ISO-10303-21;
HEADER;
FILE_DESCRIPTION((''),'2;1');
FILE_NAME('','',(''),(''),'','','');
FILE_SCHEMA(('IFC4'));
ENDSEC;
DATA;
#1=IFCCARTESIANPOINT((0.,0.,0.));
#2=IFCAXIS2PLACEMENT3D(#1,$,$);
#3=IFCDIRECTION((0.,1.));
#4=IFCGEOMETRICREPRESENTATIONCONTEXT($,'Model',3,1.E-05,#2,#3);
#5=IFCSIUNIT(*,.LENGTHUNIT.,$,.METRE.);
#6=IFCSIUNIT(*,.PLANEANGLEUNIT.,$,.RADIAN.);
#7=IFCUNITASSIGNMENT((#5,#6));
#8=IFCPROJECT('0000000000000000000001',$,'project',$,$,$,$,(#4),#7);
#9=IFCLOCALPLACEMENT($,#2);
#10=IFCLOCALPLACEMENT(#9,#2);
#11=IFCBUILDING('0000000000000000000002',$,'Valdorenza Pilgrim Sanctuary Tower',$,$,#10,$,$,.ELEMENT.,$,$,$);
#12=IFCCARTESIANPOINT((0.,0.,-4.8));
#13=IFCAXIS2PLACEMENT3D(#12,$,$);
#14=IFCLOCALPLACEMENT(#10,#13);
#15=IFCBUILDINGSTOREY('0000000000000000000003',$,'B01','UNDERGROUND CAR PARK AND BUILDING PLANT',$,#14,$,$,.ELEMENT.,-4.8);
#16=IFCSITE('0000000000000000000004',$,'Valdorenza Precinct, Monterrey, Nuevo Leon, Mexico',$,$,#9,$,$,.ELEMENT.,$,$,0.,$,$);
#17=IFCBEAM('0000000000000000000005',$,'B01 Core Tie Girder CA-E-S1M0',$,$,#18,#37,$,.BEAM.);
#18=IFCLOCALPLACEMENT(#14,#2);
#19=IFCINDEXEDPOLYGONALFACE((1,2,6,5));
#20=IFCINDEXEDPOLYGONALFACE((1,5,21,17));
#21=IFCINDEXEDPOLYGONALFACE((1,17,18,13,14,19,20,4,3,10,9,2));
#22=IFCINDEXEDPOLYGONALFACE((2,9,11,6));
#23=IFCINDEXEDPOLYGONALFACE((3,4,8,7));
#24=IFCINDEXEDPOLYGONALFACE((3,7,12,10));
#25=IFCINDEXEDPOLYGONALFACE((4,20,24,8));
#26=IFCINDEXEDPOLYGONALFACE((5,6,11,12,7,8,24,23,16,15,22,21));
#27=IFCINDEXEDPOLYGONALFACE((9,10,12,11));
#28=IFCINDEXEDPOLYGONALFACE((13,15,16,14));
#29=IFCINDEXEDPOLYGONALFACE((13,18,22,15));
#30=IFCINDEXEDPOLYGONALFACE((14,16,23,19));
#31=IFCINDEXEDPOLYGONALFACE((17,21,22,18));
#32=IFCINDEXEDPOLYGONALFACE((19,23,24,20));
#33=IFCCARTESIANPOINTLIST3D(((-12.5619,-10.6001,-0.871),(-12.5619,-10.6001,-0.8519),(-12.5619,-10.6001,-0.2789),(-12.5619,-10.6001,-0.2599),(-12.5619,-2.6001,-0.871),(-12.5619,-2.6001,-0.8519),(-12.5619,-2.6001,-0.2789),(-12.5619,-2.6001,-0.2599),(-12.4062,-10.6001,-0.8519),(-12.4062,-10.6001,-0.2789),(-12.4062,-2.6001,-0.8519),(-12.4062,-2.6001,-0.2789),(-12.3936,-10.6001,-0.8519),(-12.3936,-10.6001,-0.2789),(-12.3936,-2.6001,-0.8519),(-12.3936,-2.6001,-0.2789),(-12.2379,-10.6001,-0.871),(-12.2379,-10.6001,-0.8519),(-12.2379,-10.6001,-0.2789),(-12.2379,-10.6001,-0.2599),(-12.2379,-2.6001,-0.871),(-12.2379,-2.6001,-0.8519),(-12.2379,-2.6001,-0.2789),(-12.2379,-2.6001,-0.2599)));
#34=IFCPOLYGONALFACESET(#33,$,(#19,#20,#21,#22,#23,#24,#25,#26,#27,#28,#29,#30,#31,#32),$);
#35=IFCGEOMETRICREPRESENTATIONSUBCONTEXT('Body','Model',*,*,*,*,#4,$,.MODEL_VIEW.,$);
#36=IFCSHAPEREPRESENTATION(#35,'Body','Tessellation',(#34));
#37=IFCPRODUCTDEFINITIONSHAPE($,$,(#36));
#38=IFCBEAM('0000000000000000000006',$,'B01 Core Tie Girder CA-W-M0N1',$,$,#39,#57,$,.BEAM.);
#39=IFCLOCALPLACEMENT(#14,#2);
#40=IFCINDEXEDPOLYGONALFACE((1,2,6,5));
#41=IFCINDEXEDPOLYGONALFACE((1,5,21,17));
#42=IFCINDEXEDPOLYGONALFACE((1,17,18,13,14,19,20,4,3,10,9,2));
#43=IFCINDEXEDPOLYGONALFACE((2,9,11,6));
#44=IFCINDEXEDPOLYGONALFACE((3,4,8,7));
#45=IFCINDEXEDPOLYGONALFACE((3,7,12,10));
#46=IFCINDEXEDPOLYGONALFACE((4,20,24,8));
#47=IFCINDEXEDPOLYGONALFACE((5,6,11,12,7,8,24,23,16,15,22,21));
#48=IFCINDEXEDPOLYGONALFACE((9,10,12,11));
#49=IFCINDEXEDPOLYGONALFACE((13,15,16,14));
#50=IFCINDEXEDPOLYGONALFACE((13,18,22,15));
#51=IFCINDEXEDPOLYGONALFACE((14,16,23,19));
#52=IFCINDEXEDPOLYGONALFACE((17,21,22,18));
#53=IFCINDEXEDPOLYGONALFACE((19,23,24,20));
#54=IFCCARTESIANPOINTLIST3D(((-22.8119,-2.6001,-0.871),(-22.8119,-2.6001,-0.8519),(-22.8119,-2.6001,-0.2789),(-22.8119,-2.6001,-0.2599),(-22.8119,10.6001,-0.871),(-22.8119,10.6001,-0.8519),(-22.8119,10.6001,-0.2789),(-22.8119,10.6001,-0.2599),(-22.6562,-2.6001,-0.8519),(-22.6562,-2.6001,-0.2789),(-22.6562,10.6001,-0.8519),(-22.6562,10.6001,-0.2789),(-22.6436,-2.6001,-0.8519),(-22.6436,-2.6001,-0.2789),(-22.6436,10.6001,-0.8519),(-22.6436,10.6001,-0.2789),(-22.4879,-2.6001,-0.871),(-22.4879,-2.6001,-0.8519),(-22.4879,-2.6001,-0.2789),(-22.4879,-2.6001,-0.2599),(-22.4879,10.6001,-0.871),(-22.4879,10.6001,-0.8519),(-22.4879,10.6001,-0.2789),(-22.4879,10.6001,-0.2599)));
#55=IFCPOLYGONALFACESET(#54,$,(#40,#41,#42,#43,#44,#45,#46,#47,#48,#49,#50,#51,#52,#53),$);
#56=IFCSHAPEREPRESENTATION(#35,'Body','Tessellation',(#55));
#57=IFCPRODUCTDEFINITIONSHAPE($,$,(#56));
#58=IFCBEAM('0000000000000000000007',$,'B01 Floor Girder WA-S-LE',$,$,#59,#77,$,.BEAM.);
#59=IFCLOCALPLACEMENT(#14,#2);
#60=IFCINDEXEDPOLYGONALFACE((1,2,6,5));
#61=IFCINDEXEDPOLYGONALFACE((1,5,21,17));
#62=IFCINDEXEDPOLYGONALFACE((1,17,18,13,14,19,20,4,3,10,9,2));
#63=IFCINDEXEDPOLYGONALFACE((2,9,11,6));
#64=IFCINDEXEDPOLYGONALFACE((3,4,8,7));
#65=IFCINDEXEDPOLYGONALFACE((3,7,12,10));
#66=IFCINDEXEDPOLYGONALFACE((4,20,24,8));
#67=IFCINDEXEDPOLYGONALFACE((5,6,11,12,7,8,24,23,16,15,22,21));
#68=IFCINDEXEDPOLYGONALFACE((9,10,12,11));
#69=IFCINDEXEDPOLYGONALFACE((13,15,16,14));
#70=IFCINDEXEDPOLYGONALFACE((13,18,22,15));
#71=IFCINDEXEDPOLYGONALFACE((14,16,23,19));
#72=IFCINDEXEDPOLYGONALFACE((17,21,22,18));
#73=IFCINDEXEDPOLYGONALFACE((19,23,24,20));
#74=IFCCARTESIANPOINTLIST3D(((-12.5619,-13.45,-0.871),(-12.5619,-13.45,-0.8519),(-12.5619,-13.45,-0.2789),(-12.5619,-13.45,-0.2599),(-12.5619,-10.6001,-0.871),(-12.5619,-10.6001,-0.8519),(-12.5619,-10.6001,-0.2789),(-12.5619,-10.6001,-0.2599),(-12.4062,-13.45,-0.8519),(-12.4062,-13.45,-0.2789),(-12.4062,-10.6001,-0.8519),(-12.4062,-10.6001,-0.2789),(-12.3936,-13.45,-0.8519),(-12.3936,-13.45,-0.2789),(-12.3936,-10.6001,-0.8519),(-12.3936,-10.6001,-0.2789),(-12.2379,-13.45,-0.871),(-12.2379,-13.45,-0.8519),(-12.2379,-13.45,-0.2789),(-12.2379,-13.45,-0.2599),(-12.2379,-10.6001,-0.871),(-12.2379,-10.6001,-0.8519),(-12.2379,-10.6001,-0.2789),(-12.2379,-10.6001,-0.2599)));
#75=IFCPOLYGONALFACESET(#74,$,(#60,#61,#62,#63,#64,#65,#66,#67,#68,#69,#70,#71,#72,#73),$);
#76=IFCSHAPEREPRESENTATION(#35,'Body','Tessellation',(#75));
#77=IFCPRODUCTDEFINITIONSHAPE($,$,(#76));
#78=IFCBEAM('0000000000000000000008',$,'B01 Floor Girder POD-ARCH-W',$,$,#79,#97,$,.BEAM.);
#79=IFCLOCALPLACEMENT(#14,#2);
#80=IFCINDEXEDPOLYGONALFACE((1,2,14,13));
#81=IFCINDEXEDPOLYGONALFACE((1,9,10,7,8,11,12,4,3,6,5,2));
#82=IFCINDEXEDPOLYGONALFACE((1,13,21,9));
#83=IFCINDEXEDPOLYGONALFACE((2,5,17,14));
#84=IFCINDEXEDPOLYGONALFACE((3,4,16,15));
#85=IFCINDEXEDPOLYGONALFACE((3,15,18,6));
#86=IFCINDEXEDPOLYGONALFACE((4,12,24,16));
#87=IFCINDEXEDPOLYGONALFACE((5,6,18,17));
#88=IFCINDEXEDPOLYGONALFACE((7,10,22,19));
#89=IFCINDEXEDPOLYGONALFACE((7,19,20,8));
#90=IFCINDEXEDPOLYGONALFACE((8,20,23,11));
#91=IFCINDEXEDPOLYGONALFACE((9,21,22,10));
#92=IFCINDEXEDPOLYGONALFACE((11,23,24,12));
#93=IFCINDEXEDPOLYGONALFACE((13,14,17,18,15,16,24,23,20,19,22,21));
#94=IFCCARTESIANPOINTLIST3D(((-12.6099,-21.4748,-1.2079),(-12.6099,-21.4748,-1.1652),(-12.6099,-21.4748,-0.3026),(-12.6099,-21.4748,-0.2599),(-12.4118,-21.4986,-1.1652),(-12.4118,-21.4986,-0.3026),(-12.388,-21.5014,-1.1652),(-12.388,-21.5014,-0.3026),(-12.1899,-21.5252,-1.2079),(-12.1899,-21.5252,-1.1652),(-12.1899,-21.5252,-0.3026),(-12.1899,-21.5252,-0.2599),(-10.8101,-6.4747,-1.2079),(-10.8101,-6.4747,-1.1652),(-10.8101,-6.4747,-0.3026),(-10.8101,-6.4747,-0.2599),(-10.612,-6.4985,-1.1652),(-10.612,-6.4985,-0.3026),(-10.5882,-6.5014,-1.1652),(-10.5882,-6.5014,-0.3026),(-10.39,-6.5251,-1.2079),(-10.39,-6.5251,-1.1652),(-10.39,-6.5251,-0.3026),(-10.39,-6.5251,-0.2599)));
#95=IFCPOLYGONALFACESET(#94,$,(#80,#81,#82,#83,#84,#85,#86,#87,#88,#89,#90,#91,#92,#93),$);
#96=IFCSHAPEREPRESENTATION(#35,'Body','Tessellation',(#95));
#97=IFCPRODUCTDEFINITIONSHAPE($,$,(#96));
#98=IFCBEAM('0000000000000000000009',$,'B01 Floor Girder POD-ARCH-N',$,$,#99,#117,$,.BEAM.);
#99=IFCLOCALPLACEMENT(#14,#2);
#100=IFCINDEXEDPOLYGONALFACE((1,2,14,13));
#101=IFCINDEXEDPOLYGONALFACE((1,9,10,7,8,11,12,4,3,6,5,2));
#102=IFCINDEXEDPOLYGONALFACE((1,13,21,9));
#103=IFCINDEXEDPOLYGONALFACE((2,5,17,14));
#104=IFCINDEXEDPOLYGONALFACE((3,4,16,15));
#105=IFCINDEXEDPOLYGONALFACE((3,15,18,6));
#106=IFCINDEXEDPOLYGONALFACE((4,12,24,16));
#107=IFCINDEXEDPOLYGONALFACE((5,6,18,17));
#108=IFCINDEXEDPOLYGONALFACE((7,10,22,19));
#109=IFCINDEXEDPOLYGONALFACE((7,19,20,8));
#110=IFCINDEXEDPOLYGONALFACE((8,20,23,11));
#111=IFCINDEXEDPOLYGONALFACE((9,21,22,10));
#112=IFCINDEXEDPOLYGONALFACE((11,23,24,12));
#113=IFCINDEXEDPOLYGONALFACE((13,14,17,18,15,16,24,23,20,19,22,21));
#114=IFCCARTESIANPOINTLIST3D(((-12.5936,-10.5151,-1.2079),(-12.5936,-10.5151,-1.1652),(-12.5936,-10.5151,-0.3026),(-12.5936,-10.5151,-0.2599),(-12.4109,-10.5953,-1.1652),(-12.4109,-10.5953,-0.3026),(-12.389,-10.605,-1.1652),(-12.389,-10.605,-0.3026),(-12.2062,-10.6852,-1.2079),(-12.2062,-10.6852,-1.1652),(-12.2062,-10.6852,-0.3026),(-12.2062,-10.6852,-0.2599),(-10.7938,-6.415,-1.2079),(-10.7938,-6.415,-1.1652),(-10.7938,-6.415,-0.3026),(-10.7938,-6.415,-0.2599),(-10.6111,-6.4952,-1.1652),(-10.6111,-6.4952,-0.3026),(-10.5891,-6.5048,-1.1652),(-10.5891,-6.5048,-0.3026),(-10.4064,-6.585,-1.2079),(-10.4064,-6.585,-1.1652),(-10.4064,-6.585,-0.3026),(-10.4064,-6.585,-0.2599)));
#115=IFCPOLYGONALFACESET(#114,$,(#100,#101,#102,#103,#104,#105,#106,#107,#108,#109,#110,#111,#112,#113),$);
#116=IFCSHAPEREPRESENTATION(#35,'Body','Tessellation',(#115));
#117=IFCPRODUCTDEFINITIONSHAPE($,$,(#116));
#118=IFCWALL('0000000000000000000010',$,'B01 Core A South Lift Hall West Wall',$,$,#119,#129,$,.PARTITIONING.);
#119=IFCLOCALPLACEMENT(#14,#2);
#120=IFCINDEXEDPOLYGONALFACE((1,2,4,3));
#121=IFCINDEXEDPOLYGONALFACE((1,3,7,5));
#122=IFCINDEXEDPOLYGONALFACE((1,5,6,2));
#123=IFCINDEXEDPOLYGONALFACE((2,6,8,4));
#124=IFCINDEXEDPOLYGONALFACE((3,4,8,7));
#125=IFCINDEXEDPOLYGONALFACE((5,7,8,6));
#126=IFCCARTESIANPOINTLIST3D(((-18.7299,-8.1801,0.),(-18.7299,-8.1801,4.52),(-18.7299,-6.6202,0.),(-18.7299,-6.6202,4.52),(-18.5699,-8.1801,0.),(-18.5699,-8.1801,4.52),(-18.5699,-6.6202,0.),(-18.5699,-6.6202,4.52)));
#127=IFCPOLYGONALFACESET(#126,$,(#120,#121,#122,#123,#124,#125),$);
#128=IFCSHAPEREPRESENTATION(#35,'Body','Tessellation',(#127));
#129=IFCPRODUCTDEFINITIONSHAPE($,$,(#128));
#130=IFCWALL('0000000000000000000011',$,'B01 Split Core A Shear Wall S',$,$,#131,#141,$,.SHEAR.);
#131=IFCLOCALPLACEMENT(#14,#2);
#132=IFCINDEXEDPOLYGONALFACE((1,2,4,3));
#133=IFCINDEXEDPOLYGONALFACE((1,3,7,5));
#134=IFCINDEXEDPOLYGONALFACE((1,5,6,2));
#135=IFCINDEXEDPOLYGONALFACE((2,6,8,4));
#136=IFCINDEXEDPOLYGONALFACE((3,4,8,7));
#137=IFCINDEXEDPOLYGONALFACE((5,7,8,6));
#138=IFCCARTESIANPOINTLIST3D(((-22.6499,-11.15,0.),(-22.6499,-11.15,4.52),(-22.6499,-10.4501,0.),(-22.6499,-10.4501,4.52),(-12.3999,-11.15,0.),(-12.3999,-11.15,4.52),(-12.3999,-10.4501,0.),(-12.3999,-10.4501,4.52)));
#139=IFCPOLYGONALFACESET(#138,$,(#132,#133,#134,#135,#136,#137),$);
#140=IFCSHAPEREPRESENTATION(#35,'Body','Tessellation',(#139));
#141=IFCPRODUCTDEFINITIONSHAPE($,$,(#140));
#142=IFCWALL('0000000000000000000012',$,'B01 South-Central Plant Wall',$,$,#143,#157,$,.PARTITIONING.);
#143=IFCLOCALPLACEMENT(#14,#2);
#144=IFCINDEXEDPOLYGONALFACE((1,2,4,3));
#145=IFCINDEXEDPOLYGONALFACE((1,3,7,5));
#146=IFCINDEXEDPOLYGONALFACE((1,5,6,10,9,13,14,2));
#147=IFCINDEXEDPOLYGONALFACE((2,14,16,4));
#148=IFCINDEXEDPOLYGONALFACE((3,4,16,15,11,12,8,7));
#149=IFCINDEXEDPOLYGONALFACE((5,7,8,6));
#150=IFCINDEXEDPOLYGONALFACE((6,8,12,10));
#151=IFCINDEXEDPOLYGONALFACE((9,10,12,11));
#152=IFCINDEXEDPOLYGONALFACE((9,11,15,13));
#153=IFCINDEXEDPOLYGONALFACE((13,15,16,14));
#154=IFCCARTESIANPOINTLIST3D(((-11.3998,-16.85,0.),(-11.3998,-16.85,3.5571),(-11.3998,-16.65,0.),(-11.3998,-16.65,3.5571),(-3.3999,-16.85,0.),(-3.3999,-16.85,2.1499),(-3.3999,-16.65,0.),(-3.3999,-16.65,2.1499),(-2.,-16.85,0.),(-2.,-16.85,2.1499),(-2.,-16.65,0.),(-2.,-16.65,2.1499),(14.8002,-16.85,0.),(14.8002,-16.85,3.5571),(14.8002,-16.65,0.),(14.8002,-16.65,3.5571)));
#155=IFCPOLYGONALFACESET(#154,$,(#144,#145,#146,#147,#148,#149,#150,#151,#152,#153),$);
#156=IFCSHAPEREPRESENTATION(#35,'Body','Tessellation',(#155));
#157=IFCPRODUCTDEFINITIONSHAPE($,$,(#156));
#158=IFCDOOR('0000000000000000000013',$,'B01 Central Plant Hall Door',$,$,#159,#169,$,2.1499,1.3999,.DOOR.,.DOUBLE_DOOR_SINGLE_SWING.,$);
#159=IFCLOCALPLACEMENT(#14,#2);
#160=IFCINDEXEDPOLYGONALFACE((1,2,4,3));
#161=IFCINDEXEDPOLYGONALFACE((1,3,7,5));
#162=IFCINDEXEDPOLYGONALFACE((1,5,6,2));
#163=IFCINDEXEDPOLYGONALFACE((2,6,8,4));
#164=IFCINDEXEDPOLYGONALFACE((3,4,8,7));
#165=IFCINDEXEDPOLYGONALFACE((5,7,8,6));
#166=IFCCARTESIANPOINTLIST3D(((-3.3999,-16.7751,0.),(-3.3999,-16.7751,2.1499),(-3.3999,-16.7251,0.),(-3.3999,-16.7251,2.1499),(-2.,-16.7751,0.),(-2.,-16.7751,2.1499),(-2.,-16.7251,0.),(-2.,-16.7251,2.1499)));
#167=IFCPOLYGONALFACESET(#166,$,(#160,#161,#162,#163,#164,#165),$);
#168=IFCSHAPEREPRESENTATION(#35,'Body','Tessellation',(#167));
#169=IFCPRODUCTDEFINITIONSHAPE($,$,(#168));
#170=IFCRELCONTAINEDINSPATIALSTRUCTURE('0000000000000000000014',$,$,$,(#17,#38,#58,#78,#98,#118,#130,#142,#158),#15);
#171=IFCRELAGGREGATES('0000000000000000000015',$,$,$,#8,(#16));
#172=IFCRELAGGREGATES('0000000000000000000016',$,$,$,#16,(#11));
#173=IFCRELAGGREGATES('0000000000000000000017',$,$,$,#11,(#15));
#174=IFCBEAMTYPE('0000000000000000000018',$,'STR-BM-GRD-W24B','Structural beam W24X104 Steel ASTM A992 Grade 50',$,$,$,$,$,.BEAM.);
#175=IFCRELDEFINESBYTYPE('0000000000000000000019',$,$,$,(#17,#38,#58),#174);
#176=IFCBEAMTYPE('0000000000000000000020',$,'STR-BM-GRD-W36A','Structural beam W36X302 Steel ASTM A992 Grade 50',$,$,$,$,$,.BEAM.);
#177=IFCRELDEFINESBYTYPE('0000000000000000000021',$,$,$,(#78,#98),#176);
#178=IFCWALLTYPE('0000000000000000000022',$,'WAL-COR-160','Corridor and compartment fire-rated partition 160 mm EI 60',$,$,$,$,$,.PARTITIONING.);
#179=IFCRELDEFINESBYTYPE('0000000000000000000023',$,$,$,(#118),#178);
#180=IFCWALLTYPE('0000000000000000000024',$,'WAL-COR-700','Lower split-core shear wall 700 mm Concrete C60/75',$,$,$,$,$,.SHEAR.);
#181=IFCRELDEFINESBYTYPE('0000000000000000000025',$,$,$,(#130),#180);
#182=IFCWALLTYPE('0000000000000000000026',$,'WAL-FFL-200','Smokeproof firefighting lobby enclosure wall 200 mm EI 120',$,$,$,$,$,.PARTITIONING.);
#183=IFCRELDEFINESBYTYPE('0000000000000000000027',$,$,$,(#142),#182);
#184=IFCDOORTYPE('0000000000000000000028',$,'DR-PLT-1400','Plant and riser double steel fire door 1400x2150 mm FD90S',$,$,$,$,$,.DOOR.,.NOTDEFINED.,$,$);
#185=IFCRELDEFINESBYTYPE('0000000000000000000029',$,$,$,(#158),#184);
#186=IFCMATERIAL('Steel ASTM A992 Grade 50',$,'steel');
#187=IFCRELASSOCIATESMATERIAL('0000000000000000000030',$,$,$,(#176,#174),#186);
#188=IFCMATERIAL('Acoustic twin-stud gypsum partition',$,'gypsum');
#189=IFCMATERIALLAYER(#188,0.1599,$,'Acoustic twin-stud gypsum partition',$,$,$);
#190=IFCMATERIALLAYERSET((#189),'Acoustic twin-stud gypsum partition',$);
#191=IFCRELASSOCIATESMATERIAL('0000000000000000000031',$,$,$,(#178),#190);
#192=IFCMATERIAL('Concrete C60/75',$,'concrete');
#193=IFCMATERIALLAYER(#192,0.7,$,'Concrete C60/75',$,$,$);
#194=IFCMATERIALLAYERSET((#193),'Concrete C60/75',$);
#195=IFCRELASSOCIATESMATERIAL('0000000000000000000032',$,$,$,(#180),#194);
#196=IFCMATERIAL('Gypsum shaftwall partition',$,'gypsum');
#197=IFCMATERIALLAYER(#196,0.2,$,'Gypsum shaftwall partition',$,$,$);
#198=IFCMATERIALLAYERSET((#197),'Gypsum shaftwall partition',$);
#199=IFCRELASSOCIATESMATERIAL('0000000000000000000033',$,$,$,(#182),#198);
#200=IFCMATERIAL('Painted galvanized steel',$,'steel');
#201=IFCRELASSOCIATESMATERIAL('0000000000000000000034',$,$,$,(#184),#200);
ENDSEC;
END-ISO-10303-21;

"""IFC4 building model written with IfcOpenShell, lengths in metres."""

from ifc_helpers import new_model, si_unit, direction, frame, frame_2d, origin, origin_2d, place, context, subcontext, project, spatial, rectangle, i_section, extrude, source, transform, mapped, material, layer, layer_set, material_profile, profile_set, type_object, element, fill, save


model = new_model("IFC4")

# Units and contexts
model_context = context("Model", 3, precision=1e-05, world=origin(), true_north=direction((0.0, 1.0)))
body_context = subcontext(model_context, "Body", "Model", "MODEL_VIEW")
ifc_project = project(units=[si_unit("LENGTHUNIT", "METRE"), si_unit("PLANEANGLEUNIT", "RADIAN")], contexts=[model_context])

# Site, building, storey
site_placement = place(None, origin())
site = spatial("IfcSite", under=ifc_project, at=site_placement, Name="Valdorenza Precinct, Monterrey, Nuevo Leon, Mexico", CompositionType="ELEMENT", RefElevation=0.0)
building_placement = place(site_placement, origin())
building = spatial("IfcBuilding", under=site, at=building_placement, Name="Valdorenza Pilgrim Sanctuary Tower", CompositionType="ELEMENT")
storey_placement = place(building_placement, frame((0.0, 0.0, -4.8)))
storey = spatial("IfcBuildingStorey", under=building, at=storey_placement, Name="B01", Description="UNDERGROUND CAR PARK AND BUILDING PLANT", CompositionType="ELEMENT", Elevation=-4.8)

# Shared definitions
ifc_material_1 = material(Name="Concrete C60/75", Category="concrete")
ifc_material_2 = material(Name="Steel ASTM A992 Grade 50", Category="steel")

# Beams
ifc_material_profile_1 = material_profile(ifc_material_2, i_section(OverallWidth=0.4231, OverallDepth=0.948, WebThickness=0.0239, FlangeThickness=0.0427, at=origin_2d()), Name="W36X302")
ifc_profile_set_1 = profile_set([ifc_material_profile_1], Name="Steel ASTM A992 Grade 50")
beam_type_1 = type_object("IfcBeamType", Name="STR-BM-GRD-W36A", Description="Structural beam W36X302 Steel ASTM A992 Grade 50", PredefinedType="BEAM", material=ifc_profile_set_1)
ifc_material_profile_2 = material_profile(ifc_material_2, i_section(OverallWidth=0.324, OverallDepth=0.6111, WebThickness=0.0127, FlangeThickness=0.019, at=origin_2d()), Name="W24X104")
ifc_profile_set_2 = profile_set([ifc_material_profile_2], Name="Steel ASTM A992 Grade 50")
beam_type_2 = type_object("IfcBeamType", Name="STR-BM-GRD-W24B", Description="Structural beam W24X104 Steel ASTM A992 Grade 50", PredefinedType="BEAM", material=ifc_profile_set_2)
shared_shape_1 = source(origin(), body_context, "Body", "SweptSolid", [
    extrude(i_section(OverallWidth=0.324, OverallDepth=0.6111, WebThickness=0.0127, FlangeThickness=0.019, at=origin_2d()), origin(), (0.0, 0.0, 1.0), 8.0),
])
for number, where, z_axis, x_axis, name in (
    (1, (-12.3999, -10.6001, -0.5654), (0.0, 1.0, 0.0), (-1.0, 0.0, 0.0), "B01 Core Tie Girder CA-E-S1M0"),
):
    element("IfcBeam", number, at=place(storey_placement, frame(where, z_axis=z_axis, x_axis=x_axis)), inside=storey, type_object=beam_type_2, Name=name, PredefinedType="BEAM", context=body_context, shape_type="MappedRepresentation", body=[
        mapped(shared_shape_1, transform((0.0, 0.0, 0.0), x_axis=(1.0, 0.0, 0.0), y_axis=(0.0, 1.0, 0.0), z_axis=(0.0, 0.0, 1.0), scale=1.0)),
    ])
shared_shape_2 = source(origin(), body_context, "Body", "SweptSolid", [
    extrude(i_section(OverallWidth=0.324, OverallDepth=0.6111, WebThickness=0.0127, FlangeThickness=0.019, at=origin_2d()), origin(), (0.0, 0.0, 1.0), 13.2002),
])
beam_1_placement = place(storey_placement, frame((-22.6499, -2.6001, -0.5654), z_axis=(0.0, 1.0, 0.0), x_axis=(-1.0, 0.0, 0.0)))
element("IfcBeam", 2, at=beam_1_placement, inside=storey, type_object=beam_type_2, Name="B01 Core Tie Girder CA-W-M0N1", PredefinedType="BEAM", context=body_context, shape_type="MappedRepresentation", body=[
    mapped(shared_shape_2, transform((0.0, 0.0, 0.0), x_axis=(1.0, 0.0, 0.0), y_axis=(0.0, 1.0, 0.0), z_axis=(0.0, 0.0, 1.0), scale=1.0)),
])
shared_shape_3 = source(origin(), body_context, "Body", "SweptSolid", [
    extrude(i_section(OverallWidth=0.324, OverallDepth=0.6111, WebThickness=0.0127, FlangeThickness=0.019, at=origin_2d()), origin(), (0.0, 0.0, 1.0), 2.8499),
])
beam_2_placement = place(storey_placement, frame((-12.3999, -13.45, -0.5654), z_axis=(0.0, 1.0, 0.0), x_axis=(-1.0, 0.0, 0.0)))
element("IfcBeam", 3, at=beam_2_placement, inside=storey, type_object=beam_type_2, Name="B01 Floor Girder WA-S-LE", PredefinedType="BEAM", context=body_context, shape_type="MappedRepresentation", body=[
    mapped(shared_shape_3, transform((0.0, 0.0, 0.0), x_axis=(1.0, 0.0, 0.0), y_axis=(0.0, 1.0, 0.0), z_axis=(0.0, 0.0, 1.0), scale=1.0)),
])
shared_shape_4 = source(origin(), body_context, "Body", "SweptSolid", [
    extrude(i_section(OverallWidth=0.4231, OverallDepth=0.948, WebThickness=0.0239, FlangeThickness=0.0427, at=origin_2d()), origin(), (0.0, 0.0, 1.0), 15.1077),
])
beam_3_placement = place(storey_placement, frame((-12.3999, -21.5, -0.7339), z_axis=(0.119132, 0.992878, 0.0), x_axis=(-0.992878, 0.119132, 0.0)))
element("IfcBeam", 4, at=beam_3_placement, inside=storey, type_object=beam_type_1, Name="B01 Floor Girder POD-ARCH-W", PredefinedType="BEAM", context=body_context, shape_type="MappedRepresentation", body=[
    mapped(shared_shape_4, transform((0.0, 0.0, 0.0), x_axis=(1.0, 0.0, 0.0), y_axis=(0.0, 1.0, 0.0), z_axis=(0.0, 0.0, 1.0), scale=1.0)),
])
shared_shape_5 = source(origin(), body_context, "Body", "SweptSolid", [
    extrude(i_section(OverallWidth=0.4231, OverallDepth=0.948, WebThickness=0.0239, FlangeThickness=0.0427, at=origin_2d()), origin(), (0.0, 0.0, 1.0), 4.4778),
])
beam_4_placement = place(storey_placement, frame((-10.6001, -6.5, -0.7339), z_axis=(-0.401945, -0.915664, 0.0), x_axis=(0.915664, -0.401945, 0.0)))
element("IfcBeam", 5, at=beam_4_placement, inside=storey, type_object=beam_type_1, Name="B01 Floor Girder POD-ARCH-N", PredefinedType="BEAM", context=body_context, shape_type="MappedRepresentation", body=[
    mapped(shared_shape_5, transform((0.0, 0.0, 0.0), x_axis=(1.0, 0.0, 0.0), y_axis=(0.0, 1.0, 0.0), z_axis=(0.0, 0.0, 1.0), scale=1.0)),
])

# Walls
ifc_material_3 = material(Name="Acoustic twin-stud gypsum partition", Category="gypsum")
ifc_layer_1 = layer(ifc_material_3, 0.1599, Name="Acoustic twin-stud gypsum partition")
ifc_layer_set_1 = layer_set([ifc_layer_1], Name="Acoustic twin-stud gypsum partition")
wall_type_1 = type_object("IfcWallType", Name="WAL-COR-160", Description="Corridor and compartment fire-rated partition 160 mm EI 60", PredefinedType="PARTITIONING", material=ifc_layer_set_1)
wall_1_placement = place(storey_placement, frame((-18.6499, -8.1799, 0.0), z_axis=(0.0, 0.0, 1.0), x_axis=(0.0, 1.0, 0.0)))
element("IfcWall", 6, at=wall_1_placement, inside=storey, type_object=wall_type_1, Name="B01 Core A South Lift Hall West Wall", PredefinedType="PARTITIONING", context=body_context, shape_type="SweptSolid", body=[
    extrude(rectangle(XDim=1.5598, YDim=0.1599, at=frame_2d((0.7798, 0.0))), origin(), (0.0, 0.0, 1.0), 4.52),
])
ifc_layer_2 = layer(ifc_material_1, 0.7, Name="Concrete C60/75")
ifc_layer_set_2 = layer_set([ifc_layer_2], Name="Concrete C60/75")
wall_type_2 = type_object("IfcWallType", Name="WAL-COR-700", Description="Lower split-core shear wall 700 mm Concrete C60/75", PredefinedType="SHEAR", material=ifc_layer_set_2)
wall_2_placement = place(storey_placement, frame((-22.6499, -10.8, 0.0), z_axis=(0.0, 0.0, 1.0), x_axis=(1.0, 0.0, 0.0)))
element("IfcWall", 7, at=wall_2_placement, inside=storey, type_object=wall_type_2, Name="B01 Split Core A Shear Wall S", PredefinedType="SHEAR", context=body_context, shape_type="SweptSolid", body=[
    extrude(rectangle(XDim=10.25, YDim=0.7, at=frame_2d((5.125, 0.0))), origin(), (0.0, 0.0, 1.0), 4.52),
])

# Wall, opening, door
ifc_material_4 = material(Name="Gypsum shaftwall partition", Category="gypsum")
ifc_layer_3 = layer(ifc_material_4, 0.2, Name="Gypsum shaftwall partition")
ifc_layer_set_3 = layer_set([ifc_layer_3], Name="Gypsum shaftwall partition")
wall_type_3 = type_object("IfcWallType", Name="WAL-FFL-200", Description="Smokeproof firefighting lobby enclosure wall 200 mm EI 120", PredefinedType="PARTITIONING", material=ifc_layer_set_3)
wall_3_placement = place(storey_placement, frame((-11.3999, -16.75, 0.0), z_axis=(0.0, 0.0, 1.0), x_axis=(1.0, 0.0, 0.0)))
wall_3 = element("IfcWall", 8, at=wall_3_placement, inside=storey, type_object=wall_type_3, Name="B01 South-Central Plant Wall", PredefinedType="PARTITIONING", context=body_context, shape_type="SweptSolid", body=[
    extrude(rectangle(XDim=26.2, YDim=0.2, at=frame_2d((13.1001, 0.0))), origin(), (0.0, 0.0, 1.0), 3.5571),
])
opening_placement = place(wall_3_placement, frame((8.0, 0.0, 0.0)))
opening = element("IfcOpeningElement", 9, at=opening_placement, cuts=wall_3, PredefinedType="OPENING", context=body_context, shape_type="SweptSolid", body=[
    extrude(rectangle(XDim=1.3999, YDim=2.1499, at=frame_2d((0.7, 1.075))), frame((0.0, 0.1147, 0.0), z_axis=(0.0, -1.0, 0.0), x_axis=(1.0, 0.0, 0.0)), (0.0, 0.0, 1.0), 0.2297),
])
ifc_material_5 = material(Name="Painted galvanized steel", Category="steel")
door_type = type_object("IfcDoorType", Name="DR-PLT-1400", Description="Plant and riser double steel fire door 1400x2150 mm FD90S", OperationType="NOTDEFINED", PredefinedType="DOOR", material=ifc_material_5)
door_placement = place(opening_placement, origin())
door = element("IfcDoor", 10, at=door_placement, inside=storey, type_object=door_type, Name="B01 Central Plant Hall Door", OperationType="DOUBLE_DOOR_SINGLE_SWING", OverallHeight=2.1499, OverallWidth=1.3999, PredefinedType="DOOR", context=body_context, shape_type="SweptSolid", body=[
    extrude(rectangle(XDim=1.3999, YDim=2.1499, at=frame_2d((0.7, 1.075))), frame((0.0, 0.0249, 0.0), z_axis=(0.0, -1.0, 0.0), x_axis=(1.0, 0.0, 0.0)), (0.0, 0.0, 1.0), 0.05),
])
fill(opening, door)

save(model, "model.ifc")
